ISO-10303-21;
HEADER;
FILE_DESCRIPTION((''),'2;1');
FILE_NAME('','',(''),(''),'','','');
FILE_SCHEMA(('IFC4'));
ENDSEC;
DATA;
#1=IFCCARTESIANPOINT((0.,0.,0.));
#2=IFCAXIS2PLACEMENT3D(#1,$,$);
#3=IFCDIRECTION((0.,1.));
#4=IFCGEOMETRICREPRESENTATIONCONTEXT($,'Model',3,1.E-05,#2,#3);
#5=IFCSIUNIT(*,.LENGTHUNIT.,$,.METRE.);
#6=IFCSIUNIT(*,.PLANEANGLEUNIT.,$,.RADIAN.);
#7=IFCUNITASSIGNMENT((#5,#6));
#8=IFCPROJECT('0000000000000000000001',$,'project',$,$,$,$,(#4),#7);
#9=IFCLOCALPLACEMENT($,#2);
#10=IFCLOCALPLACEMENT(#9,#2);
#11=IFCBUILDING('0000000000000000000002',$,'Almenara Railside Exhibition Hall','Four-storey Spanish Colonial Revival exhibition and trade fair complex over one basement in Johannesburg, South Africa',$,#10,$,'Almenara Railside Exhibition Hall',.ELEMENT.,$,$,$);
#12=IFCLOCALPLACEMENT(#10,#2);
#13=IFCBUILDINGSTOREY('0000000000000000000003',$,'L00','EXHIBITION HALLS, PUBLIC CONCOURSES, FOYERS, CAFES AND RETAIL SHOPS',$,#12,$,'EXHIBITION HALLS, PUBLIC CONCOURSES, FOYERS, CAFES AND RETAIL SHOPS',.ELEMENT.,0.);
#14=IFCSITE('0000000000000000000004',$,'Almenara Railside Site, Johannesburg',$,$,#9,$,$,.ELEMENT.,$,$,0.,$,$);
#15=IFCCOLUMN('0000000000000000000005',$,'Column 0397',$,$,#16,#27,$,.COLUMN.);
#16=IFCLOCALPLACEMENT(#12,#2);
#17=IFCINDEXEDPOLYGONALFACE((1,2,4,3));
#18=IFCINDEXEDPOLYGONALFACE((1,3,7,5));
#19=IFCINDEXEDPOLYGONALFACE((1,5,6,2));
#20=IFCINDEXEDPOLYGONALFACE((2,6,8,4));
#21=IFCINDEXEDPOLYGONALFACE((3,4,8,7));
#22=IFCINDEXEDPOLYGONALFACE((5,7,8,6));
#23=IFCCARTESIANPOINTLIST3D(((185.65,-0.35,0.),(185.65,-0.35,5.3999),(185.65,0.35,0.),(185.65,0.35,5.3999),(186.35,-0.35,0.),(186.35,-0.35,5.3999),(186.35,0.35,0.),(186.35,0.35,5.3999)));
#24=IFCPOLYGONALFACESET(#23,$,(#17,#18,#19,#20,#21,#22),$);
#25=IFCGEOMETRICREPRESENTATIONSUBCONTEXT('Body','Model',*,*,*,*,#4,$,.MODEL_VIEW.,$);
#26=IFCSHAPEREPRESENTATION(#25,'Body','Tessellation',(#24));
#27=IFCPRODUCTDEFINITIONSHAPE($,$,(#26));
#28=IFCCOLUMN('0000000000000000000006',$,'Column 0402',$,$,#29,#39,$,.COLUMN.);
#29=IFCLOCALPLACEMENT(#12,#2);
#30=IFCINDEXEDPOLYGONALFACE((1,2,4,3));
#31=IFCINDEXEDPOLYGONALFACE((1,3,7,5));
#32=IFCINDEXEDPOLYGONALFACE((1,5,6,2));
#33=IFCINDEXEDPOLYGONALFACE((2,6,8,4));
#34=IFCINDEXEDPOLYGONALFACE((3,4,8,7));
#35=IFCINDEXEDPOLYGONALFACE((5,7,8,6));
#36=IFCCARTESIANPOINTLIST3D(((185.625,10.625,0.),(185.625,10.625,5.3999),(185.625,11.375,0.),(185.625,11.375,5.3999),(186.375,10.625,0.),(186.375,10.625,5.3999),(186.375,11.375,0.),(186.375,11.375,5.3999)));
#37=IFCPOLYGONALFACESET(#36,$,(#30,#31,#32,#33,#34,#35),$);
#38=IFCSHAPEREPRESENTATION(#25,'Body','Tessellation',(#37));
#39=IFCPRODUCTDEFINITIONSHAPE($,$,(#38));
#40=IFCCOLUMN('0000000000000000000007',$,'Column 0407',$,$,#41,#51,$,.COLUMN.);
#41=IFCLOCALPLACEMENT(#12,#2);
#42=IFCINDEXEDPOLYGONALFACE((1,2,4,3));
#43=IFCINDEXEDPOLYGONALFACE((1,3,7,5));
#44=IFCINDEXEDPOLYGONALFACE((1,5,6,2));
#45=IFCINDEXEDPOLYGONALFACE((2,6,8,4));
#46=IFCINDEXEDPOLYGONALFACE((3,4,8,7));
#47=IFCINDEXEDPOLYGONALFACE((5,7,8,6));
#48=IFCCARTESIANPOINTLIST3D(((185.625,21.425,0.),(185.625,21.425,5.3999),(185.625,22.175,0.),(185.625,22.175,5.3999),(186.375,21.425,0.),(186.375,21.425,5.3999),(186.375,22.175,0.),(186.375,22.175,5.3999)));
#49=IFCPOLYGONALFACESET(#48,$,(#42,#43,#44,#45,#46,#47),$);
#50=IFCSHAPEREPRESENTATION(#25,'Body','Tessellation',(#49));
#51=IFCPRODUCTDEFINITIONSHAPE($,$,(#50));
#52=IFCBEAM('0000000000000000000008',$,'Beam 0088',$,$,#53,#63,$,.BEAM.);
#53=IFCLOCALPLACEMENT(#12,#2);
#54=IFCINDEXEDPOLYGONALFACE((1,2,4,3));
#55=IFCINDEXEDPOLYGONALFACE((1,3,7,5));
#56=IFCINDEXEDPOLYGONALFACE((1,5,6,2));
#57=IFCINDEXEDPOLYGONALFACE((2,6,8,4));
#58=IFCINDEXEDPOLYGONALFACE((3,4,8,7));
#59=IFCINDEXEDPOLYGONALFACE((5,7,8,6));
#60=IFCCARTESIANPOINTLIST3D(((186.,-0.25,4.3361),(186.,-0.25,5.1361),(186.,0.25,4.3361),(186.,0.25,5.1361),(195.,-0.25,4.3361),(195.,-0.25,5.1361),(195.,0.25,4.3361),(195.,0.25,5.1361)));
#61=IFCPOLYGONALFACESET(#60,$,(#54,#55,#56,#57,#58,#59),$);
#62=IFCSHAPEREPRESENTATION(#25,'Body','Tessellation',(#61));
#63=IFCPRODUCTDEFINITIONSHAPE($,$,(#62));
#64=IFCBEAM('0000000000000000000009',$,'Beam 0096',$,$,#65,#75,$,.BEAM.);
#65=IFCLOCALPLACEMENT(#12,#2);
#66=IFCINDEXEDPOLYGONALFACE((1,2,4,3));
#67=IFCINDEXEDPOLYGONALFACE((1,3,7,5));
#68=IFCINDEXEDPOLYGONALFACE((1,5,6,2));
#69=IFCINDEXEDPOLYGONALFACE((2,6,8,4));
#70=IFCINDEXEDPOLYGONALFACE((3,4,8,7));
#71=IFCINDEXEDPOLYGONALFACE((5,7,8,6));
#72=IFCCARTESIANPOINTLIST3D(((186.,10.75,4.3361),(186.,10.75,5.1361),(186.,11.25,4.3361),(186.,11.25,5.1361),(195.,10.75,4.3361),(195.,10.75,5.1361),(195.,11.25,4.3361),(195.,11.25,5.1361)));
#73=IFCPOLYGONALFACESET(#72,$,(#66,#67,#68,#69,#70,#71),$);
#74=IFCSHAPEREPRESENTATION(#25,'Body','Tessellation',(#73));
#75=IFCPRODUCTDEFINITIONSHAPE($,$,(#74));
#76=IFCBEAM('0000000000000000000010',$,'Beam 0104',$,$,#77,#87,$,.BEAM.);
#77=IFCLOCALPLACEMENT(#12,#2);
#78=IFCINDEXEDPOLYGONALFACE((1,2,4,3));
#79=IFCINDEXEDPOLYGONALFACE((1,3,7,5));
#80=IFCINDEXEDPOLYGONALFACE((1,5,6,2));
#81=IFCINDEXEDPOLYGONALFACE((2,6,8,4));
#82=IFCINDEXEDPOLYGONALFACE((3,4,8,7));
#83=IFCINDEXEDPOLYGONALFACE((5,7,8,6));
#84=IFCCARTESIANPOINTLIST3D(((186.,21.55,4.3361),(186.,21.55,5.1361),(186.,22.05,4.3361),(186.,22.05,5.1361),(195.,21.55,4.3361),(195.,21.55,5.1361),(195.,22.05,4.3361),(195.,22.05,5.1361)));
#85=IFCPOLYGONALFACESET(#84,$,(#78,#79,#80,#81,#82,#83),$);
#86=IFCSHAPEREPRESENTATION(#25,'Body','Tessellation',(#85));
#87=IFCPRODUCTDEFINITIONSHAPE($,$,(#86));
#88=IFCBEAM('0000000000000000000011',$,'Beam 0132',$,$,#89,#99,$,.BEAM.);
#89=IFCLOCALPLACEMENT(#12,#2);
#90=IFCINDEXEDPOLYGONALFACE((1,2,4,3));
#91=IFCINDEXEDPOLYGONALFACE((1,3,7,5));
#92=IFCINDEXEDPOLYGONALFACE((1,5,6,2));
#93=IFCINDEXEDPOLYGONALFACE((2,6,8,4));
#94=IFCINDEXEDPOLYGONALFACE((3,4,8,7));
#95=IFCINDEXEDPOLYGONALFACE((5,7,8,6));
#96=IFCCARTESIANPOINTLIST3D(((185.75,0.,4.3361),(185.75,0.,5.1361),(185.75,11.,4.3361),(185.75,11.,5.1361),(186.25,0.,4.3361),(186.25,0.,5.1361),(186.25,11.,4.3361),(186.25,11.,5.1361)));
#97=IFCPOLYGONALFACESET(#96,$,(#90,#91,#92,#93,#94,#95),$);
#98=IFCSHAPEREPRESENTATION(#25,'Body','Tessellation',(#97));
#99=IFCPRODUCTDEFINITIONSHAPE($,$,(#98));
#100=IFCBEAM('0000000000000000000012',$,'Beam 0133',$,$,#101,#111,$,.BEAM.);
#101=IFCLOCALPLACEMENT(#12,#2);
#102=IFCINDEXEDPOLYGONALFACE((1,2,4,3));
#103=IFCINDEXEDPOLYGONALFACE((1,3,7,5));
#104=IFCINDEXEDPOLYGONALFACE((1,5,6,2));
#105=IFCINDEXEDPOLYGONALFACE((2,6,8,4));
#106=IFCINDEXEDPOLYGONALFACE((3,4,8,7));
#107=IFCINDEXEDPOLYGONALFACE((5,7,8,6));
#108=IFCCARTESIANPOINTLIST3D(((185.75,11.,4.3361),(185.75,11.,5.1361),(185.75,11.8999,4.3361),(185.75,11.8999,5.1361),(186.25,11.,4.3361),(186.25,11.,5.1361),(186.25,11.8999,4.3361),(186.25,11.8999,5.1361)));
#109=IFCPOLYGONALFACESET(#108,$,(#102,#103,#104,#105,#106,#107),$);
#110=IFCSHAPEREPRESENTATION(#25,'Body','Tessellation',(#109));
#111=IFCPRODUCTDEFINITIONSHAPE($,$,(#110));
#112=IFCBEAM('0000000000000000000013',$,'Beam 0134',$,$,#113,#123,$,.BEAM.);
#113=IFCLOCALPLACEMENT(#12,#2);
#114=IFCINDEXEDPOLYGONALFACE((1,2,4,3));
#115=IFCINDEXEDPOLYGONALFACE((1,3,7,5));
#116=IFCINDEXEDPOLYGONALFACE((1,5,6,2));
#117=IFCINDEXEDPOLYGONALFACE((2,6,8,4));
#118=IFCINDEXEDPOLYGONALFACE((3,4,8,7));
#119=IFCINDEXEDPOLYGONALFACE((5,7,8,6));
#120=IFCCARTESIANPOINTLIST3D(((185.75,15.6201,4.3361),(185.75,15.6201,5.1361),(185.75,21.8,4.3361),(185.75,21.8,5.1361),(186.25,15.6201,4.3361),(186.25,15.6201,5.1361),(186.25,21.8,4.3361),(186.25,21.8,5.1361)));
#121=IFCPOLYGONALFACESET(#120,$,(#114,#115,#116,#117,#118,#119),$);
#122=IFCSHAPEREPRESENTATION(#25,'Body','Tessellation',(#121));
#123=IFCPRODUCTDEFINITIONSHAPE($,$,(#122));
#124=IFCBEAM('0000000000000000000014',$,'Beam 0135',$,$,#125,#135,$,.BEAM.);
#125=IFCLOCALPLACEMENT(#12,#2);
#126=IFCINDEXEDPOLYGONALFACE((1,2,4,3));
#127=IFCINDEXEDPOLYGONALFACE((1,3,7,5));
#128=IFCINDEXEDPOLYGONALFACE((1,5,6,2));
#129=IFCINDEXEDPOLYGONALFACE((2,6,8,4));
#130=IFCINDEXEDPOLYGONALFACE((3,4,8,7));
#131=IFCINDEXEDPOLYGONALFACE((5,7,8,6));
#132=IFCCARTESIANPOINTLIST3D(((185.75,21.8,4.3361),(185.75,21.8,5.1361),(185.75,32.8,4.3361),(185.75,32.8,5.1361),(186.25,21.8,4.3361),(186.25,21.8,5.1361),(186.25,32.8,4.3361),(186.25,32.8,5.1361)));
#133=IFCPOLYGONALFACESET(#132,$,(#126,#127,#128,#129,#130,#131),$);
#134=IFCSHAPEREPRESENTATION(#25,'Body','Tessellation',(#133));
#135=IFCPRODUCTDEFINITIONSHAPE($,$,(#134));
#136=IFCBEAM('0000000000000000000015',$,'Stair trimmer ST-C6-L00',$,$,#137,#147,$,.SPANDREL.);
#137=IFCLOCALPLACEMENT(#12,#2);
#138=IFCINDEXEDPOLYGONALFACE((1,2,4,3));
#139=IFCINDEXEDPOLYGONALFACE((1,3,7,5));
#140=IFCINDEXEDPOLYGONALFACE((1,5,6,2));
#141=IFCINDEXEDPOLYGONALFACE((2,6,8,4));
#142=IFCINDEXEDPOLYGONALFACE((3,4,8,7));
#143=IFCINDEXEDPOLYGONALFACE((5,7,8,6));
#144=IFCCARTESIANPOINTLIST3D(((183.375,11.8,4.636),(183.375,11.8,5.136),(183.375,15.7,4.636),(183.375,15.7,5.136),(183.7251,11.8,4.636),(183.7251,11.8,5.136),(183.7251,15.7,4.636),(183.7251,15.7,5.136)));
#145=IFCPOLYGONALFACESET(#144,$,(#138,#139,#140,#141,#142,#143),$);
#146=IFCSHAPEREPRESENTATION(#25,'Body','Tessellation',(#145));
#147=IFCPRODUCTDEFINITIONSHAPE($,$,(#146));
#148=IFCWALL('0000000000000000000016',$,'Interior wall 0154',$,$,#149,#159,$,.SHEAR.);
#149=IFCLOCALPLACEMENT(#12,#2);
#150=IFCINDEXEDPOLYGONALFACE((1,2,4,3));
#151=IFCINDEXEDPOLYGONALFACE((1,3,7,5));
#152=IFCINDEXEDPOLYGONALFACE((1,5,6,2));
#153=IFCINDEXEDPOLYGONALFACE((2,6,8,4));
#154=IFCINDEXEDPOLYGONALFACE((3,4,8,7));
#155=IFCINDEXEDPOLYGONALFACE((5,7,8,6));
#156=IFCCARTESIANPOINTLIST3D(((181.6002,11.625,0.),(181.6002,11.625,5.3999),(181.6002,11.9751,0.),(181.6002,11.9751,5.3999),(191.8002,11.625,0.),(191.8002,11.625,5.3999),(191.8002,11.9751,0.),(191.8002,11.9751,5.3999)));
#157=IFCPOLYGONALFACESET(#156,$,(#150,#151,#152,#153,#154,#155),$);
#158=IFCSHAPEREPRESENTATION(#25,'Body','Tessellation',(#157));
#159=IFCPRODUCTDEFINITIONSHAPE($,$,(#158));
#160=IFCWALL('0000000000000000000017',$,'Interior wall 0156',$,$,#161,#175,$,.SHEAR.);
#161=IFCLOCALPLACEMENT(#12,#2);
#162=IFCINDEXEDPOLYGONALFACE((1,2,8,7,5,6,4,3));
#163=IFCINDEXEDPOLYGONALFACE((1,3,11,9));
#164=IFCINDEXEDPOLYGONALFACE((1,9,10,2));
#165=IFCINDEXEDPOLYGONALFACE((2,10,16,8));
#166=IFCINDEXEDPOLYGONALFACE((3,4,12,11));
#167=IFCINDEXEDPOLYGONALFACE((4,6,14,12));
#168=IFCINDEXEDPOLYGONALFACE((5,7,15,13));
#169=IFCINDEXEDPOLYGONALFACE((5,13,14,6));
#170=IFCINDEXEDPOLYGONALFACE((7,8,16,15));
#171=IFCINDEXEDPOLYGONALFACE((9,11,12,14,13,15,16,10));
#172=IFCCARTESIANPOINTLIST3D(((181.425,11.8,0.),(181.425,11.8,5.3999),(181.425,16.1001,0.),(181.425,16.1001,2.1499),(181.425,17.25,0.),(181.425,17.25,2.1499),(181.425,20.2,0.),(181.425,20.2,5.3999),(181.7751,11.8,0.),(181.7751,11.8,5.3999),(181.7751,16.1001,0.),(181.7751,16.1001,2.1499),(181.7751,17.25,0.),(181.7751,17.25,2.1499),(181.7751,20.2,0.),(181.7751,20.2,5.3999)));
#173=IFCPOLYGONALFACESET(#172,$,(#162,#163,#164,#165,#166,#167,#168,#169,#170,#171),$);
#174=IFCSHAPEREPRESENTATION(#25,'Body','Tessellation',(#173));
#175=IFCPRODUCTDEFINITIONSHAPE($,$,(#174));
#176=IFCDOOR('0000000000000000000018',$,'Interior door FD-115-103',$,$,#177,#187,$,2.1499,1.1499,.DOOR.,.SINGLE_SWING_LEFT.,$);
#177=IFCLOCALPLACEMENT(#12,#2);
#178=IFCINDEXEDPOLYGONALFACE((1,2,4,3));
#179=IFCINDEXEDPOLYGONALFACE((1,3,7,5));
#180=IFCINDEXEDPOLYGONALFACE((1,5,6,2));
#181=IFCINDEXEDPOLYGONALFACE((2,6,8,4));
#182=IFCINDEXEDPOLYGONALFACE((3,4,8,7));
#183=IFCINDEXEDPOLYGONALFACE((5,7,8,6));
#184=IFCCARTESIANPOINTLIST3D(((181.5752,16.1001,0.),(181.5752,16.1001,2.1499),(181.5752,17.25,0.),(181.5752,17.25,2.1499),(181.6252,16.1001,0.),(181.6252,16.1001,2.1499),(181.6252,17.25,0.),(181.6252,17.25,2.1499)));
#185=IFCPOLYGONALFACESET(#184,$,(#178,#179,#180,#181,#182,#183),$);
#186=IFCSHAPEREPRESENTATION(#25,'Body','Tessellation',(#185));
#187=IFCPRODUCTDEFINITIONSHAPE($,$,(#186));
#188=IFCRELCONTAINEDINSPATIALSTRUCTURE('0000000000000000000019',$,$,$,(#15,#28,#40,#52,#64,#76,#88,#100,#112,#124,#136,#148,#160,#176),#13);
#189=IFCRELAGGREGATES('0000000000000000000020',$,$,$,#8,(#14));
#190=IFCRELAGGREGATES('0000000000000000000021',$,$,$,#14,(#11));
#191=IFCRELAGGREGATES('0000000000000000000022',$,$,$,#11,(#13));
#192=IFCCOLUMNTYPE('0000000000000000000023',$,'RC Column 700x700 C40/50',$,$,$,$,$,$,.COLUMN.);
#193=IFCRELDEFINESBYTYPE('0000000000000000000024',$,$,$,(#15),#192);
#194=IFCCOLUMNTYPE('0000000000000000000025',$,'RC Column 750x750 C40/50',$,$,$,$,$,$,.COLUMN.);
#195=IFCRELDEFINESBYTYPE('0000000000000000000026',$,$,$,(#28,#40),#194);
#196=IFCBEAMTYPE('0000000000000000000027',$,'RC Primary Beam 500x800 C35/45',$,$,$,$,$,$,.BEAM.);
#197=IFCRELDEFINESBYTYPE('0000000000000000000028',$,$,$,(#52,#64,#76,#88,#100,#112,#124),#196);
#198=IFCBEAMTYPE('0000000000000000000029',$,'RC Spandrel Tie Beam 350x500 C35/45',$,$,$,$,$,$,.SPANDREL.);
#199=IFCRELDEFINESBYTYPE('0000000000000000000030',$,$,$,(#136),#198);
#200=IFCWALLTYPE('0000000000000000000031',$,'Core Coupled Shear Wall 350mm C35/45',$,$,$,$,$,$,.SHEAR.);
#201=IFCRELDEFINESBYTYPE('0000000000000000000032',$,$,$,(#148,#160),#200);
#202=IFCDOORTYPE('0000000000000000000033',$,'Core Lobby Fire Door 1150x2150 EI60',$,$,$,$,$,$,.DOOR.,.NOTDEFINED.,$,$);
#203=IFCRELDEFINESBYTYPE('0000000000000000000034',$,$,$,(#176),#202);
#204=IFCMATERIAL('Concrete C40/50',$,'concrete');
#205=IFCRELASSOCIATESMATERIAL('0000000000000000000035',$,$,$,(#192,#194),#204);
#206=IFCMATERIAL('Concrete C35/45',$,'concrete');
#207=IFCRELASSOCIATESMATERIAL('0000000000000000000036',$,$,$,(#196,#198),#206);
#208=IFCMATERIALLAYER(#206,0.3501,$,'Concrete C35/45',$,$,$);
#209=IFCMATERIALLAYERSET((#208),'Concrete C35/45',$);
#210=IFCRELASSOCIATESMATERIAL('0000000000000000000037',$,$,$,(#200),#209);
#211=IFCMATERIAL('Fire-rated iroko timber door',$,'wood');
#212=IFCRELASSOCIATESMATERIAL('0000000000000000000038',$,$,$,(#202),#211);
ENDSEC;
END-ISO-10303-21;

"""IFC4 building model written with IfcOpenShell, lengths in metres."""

from ifc_helpers import new_model, si_unit, direction, frame, frame_2d, origin, origin_2d, place, context, subcontext, project, spatial, rectangle, extrude, material, layer, layer_set, material_profile, profile_set, type_object, element, fill, save


model = new_model("IFC4")

# Units and contexts
model_context = context("Model", 3, precision=1e-05, world=origin(), true_north=direction((0.0, 1.0)))
body_context = subcontext(model_context, "Body", "Model", "MODEL_VIEW")
ifc_project = project(units=[si_unit("LENGTHUNIT", "METRE"), si_unit("PLANEANGLEUNIT", "RADIAN")], contexts=[model_context])

# Site, building, storey
site_placement = place(None, origin())
site = spatial("IfcSite", under=ifc_project, at=site_placement, Name="Almenara Railside Site, Johannesburg", CompositionType="ELEMENT", RefElevation=0.0)
building_placement = place(site_placement, origin())
building = spatial("IfcBuilding", under=site, at=building_placement, Name="Almenara Railside Exhibition Hall", Description="Four-storey Spanish Colonial Revival exhibition and trade fair complex over one basement in Johannesburg, South Africa", LongName="Almenara Railside Exhibition Hall", CompositionType="ELEMENT")
storey_placement = place(building_placement, origin())
storey = spatial("IfcBuildingStorey", under=building, at=storey_placement, Name="L00", Description="EXHIBITION HALLS, PUBLIC CONCOURSES, FOYERS, CAFES AND RETAIL SHOPS", LongName="EXHIBITION HALLS, PUBLIC CONCOURSES, FOYERS, CAFES AND RETAIL SHOPS", CompositionType="ELEMENT", Elevation=0.0)

# Columns
ifc_material_1 = material(Name="Concrete C40/50", Category="concrete")
ifc_material_profile_1 = material_profile(ifc_material_1, rectangle(XDim=0.7, YDim=0.7, at=origin_2d()), Name="RC 700x700")
ifc_profile_set_1 = profile_set([ifc_material_profile_1], Name="Concrete C40/50")
column_type_1 = type_object("IfcColumnType", Name="RC Column 700x700 C40/50", PredefinedType="COLUMN", material=ifc_profile_set_1)
column_placement = place(storey_placement, frame((186.0, 0.0, 0.0), z_axis=(0.0, 0.0, 1.0), x_axis=(1.0, 0.0, 0.0)))
element("IfcColumn", 1, at=column_placement, inside=storey, type_object=column_type_1, Name="Column 0397", PredefinedType="COLUMN", context=body_context, shape_type="SweptSolid", body=[
    extrude(rectangle(XDim=0.7, YDim=0.7, at=origin_2d()), origin(), (0.0, 0.0, 1.0), 5.3999),
])
ifc_material_profile_2 = material_profile(ifc_material_1, rectangle(XDim=0.75, YDim=0.75, at=origin_2d()), Name="RC 750x750")
ifc_profile_set_2 = profile_set([ifc_material_profile_2], Name="Concrete C40/50")
column_type_2 = type_object("IfcColumnType", Name="RC Column 750x750 C40/50", PredefinedType="COLUMN", material=ifc_profile_set_2)
for number, where, z_axis, x_axis, name in (
    (2, (186.0, 11.0, 0.0), (0.0, 0.0, 1.0), (1.0, 0.0, 0.0), "Column 0402"),
    (3, (186.0, 21.8, 0.0), (0.0, 0.0, 1.0), (1.0, 0.0, 0.0), "Column 0407"),
):
    element("IfcColumn", number, at=place(storey_placement, frame(where, z_axis=z_axis, x_axis=x_axis)), inside=storey, type_object=column_type_2, Name=name, PredefinedType="COLUMN", context=body_context, shape_type="SweptSolid", body=[
        extrude(rectangle(XDim=0.75, YDim=0.75, at=origin_2d()), origin(), (0.0, 0.0, 1.0), 5.3999),
    ])

# Beams
ifc_material_2 = material(Name="Concrete C35/45", Category="concrete")
ifc_material_profile_3 = material_profile(ifc_material_2, rectangle(XDim=0.5, YDim=0.8, at=origin_2d()), Name="RC 500x800")
ifc_profile_set_3 = profile_set([ifc_material_profile_3], Name="Concrete C35/45")
beam_type_1 = type_object("IfcBeamType", Name="RC Primary Beam 500x800 C35/45", PredefinedType="BEAM", material=ifc_profile_set_3)
for number, where, z_axis, x_axis, name in (
    (4, (186.0, 0.0, 4.7361), (1.0, 0.0, 0.0), (0.0, 1.0, 0.0), "Beam 0088"),
    (5, (186.0, 11.0, 4.7361), (1.0, 0.0, 0.0), (0.0, 1.0, 0.0), "Beam 0096"),
    (6, (186.0, 21.8, 4.7361), (1.0, 0.0, 0.0), (0.0, 1.0, 0.0), "Beam 0104"),
):
    element("IfcBeam", number, at=place(storey_placement, frame(where, z_axis=z_axis, x_axis=x_axis)), inside=storey, type_object=beam_type_1, Name=name, PredefinedType="BEAM", context=body_context, shape_type="SweptSolid", body=[
        extrude(rectangle(XDim=0.5, YDim=0.8, at=origin_2d()), origin(), (0.0, 0.0, 1.0), 9.0),
    ])
beam_1_placement = place(storey_placement, frame((186.0, 0.0, 4.7361), z_axis=(0.0, 1.0, 0.0), x_axis=(-1.0, 0.0, 0.0)))
element("IfcBeam", 7, at=beam_1_placement, inside=storey, type_object=beam_type_1, Name="Beam 0132", PredefinedType="BEAM", context=body_context, shape_type="SweptSolid", body=[
    extrude(rectangle(XDim=0.5, YDim=0.8, at=origin_2d()), origin(), (0.0, 0.0, 1.0), 11.0),
])
beam_2_placement = place(storey_placement, frame((186.0, 11.0, 4.7361), z_axis=(0.0, 1.0, 0.0), x_axis=(-1.0, 0.0, 0.0)))
element("IfcBeam", 8, at=beam_2_placement, inside=storey, type_object=beam_type_1, Name="Beam 0133", PredefinedType="BEAM", context=body_context, shape_type="SweptSolid", body=[
    extrude(rectangle(XDim=0.5, YDim=0.8, at=origin_2d()), origin(), (0.0, 0.0, 1.0), 0.8999),
])
beam_3_placement = place(storey_placement, frame((186.0, 15.6201, 4.7361), z_axis=(0.0, 1.0, 0.0), x_axis=(-1.0, 0.0, 0.0)))
element("IfcBeam", 9, at=beam_3_placement, inside=storey, type_object=beam_type_1, Name="Beam 0134", PredefinedType="BEAM", context=body_context, shape_type="SweptSolid", body=[
    extrude(rectangle(XDim=0.5, YDim=0.8, at=origin_2d()), origin(), (0.0, 0.0, 1.0), 6.1799),
])
beam_4_placement = place(storey_placement, frame((186.0, 21.8, 4.7361), z_axis=(0.0, 1.0, 0.0), x_axis=(-1.0, 0.0, 0.0)))
element("IfcBeam", 10, at=beam_4_placement, inside=storey, type_object=beam_type_1, Name="Beam 0135", PredefinedType="BEAM", context=body_context, shape_type="SweptSolid", body=[
    extrude(rectangle(XDim=0.5, YDim=0.8, at=origin_2d()), origin(), (0.0, 0.0, 1.0), 11.0),
])
ifc_material_profile_4 = material_profile(ifc_material_2, rectangle(XDim=0.3501, YDim=0.5, at=origin_2d()), Name="RC 350x500")
ifc_profile_set_4 = profile_set([ifc_material_profile_4], Name="Concrete C35/45")
beam_type_2 = type_object("IfcBeamType", Name="RC Spandrel Tie Beam 350x500 C35/45", PredefinedType="SPANDREL", material=ifc_profile_set_4)
beam_5_placement = place(storey_placement, frame((183.55, 11.8, 4.886), z_axis=(0.0, 1.0, 0.0), x_axis=(-1.0, 0.0, 0.0)))
element("IfcBeam", 11, at=beam_5_placement, inside=storey, type_object=beam_type_2, Name="Stair trimmer ST-C6-L00", PredefinedType="SPANDREL", context=body_context, shape_type="SweptSolid", body=[
    extrude(rectangle(XDim=0.3501, YDim=0.5, at=origin_2d()), origin(), (0.0, 0.0, 1.0), 3.8999),
])

# Wall
ifc_layer_1 = layer(ifc_material_2, 0.3501, Name="Concrete C35/45")
ifc_layer_set_1 = layer_set([ifc_layer_1], Name="Concrete C35/45")
wall_type_1 = type_object("IfcWallType", Name="Core Coupled Shear Wall 350mm C35/45", PredefinedType="SHEAR", material=ifc_layer_set_1)
wall_1_placement = place(storey_placement, frame((181.6001, 11.8, 0.0), z_axis=(0.0, 0.0, 1.0), x_axis=(1.0, 0.0, 0.0)))
element("IfcWall", 12, at=wall_1_placement, inside=storey, type_object=wall_type_1, Name="Interior wall 0154", PredefinedType="SHEAR", context=body_context, shape_type="SweptSolid", body=[
    extrude(rectangle(XDim=10.2, YDim=0.3501, at=frame_2d((5.1001, 0.0))), origin(), (0.0, 0.0, 1.0), 5.3999),
])

# Wall, opening, door
wall_2_placement = place(storey_placement, frame((181.6001, 20.2, 0.0), z_axis=(0.0, 0.0, 1.0), x_axis=(0.0, -1.0, 0.0)))
wall_2 = element("IfcWall", 13, at=wall_2_placement, inside=storey, type_object=wall_type_1, Name="Interior wall 0156", PredefinedType="SHEAR", context=body_context, shape_type="SweptSolid", body=[
    extrude(rectangle(XDim=8.3999, YDim=0.3501, at=frame_2d((4.2, 0.0))), origin(), (0.0, 0.0, 1.0), 5.3999),
])
opening_1_placement = place(wall_2_placement, frame((2.95, 0.0, 0.0)))
opening_1 = element("IfcOpeningElement", 14, at=opening_1_placement, cuts=wall_2, PredefinedType="OPENING", context=body_context, shape_type="SweptSolid", body=[
    extrude(rectangle(XDim=1.1499, YDim=2.1499, at=frame_2d((0.575, 1.075))), frame((0.0, 0.1851, 0.0), z_axis=(0.0, -1.0, 0.0), x_axis=(1.0, 0.0, 0.0)), (0.0, 0.0, 1.0), 0.3701),
])
ifc_material_3 = material(Name="Fire-rated iroko timber door", Category="wood")
door_type_1 = type_object("IfcDoorType", Name="Core Lobby Fire Door 1150x2150 EI60", OperationType="NOTDEFINED", PredefinedType="DOOR", material=ifc_material_3)
door_1_placement = place(opening_1_placement, frame((1.1499, 0.0, 0.0), z_axis=(0.0, 0.0, 1.0), x_axis=(-1.0, 0.0, 0.0)))
door_1 = element("IfcDoor", 15, at=door_1_placement, inside=storey, type_object=door_type_1, Name="Interior door FD-115-103", OperationType="SINGLE_SWING_LEFT", OverallHeight=2.1499, OverallWidth=1.1499, PredefinedType="DOOR", context=body_context, shape_type="SweptSolid", body=[
    extrude(rectangle(XDim=1.1499, YDim=2.1499, at=frame_2d((0.575, 1.075))), frame((0.0, 0.0249, 0.0), z_axis=(0.0, -1.0, 0.0), x_axis=(1.0, 0.0, 0.0)), (0.0, 0.0, 1.0), 0.05),
])
fill(opening_1, door_1)

save(model, "model.ifc")
